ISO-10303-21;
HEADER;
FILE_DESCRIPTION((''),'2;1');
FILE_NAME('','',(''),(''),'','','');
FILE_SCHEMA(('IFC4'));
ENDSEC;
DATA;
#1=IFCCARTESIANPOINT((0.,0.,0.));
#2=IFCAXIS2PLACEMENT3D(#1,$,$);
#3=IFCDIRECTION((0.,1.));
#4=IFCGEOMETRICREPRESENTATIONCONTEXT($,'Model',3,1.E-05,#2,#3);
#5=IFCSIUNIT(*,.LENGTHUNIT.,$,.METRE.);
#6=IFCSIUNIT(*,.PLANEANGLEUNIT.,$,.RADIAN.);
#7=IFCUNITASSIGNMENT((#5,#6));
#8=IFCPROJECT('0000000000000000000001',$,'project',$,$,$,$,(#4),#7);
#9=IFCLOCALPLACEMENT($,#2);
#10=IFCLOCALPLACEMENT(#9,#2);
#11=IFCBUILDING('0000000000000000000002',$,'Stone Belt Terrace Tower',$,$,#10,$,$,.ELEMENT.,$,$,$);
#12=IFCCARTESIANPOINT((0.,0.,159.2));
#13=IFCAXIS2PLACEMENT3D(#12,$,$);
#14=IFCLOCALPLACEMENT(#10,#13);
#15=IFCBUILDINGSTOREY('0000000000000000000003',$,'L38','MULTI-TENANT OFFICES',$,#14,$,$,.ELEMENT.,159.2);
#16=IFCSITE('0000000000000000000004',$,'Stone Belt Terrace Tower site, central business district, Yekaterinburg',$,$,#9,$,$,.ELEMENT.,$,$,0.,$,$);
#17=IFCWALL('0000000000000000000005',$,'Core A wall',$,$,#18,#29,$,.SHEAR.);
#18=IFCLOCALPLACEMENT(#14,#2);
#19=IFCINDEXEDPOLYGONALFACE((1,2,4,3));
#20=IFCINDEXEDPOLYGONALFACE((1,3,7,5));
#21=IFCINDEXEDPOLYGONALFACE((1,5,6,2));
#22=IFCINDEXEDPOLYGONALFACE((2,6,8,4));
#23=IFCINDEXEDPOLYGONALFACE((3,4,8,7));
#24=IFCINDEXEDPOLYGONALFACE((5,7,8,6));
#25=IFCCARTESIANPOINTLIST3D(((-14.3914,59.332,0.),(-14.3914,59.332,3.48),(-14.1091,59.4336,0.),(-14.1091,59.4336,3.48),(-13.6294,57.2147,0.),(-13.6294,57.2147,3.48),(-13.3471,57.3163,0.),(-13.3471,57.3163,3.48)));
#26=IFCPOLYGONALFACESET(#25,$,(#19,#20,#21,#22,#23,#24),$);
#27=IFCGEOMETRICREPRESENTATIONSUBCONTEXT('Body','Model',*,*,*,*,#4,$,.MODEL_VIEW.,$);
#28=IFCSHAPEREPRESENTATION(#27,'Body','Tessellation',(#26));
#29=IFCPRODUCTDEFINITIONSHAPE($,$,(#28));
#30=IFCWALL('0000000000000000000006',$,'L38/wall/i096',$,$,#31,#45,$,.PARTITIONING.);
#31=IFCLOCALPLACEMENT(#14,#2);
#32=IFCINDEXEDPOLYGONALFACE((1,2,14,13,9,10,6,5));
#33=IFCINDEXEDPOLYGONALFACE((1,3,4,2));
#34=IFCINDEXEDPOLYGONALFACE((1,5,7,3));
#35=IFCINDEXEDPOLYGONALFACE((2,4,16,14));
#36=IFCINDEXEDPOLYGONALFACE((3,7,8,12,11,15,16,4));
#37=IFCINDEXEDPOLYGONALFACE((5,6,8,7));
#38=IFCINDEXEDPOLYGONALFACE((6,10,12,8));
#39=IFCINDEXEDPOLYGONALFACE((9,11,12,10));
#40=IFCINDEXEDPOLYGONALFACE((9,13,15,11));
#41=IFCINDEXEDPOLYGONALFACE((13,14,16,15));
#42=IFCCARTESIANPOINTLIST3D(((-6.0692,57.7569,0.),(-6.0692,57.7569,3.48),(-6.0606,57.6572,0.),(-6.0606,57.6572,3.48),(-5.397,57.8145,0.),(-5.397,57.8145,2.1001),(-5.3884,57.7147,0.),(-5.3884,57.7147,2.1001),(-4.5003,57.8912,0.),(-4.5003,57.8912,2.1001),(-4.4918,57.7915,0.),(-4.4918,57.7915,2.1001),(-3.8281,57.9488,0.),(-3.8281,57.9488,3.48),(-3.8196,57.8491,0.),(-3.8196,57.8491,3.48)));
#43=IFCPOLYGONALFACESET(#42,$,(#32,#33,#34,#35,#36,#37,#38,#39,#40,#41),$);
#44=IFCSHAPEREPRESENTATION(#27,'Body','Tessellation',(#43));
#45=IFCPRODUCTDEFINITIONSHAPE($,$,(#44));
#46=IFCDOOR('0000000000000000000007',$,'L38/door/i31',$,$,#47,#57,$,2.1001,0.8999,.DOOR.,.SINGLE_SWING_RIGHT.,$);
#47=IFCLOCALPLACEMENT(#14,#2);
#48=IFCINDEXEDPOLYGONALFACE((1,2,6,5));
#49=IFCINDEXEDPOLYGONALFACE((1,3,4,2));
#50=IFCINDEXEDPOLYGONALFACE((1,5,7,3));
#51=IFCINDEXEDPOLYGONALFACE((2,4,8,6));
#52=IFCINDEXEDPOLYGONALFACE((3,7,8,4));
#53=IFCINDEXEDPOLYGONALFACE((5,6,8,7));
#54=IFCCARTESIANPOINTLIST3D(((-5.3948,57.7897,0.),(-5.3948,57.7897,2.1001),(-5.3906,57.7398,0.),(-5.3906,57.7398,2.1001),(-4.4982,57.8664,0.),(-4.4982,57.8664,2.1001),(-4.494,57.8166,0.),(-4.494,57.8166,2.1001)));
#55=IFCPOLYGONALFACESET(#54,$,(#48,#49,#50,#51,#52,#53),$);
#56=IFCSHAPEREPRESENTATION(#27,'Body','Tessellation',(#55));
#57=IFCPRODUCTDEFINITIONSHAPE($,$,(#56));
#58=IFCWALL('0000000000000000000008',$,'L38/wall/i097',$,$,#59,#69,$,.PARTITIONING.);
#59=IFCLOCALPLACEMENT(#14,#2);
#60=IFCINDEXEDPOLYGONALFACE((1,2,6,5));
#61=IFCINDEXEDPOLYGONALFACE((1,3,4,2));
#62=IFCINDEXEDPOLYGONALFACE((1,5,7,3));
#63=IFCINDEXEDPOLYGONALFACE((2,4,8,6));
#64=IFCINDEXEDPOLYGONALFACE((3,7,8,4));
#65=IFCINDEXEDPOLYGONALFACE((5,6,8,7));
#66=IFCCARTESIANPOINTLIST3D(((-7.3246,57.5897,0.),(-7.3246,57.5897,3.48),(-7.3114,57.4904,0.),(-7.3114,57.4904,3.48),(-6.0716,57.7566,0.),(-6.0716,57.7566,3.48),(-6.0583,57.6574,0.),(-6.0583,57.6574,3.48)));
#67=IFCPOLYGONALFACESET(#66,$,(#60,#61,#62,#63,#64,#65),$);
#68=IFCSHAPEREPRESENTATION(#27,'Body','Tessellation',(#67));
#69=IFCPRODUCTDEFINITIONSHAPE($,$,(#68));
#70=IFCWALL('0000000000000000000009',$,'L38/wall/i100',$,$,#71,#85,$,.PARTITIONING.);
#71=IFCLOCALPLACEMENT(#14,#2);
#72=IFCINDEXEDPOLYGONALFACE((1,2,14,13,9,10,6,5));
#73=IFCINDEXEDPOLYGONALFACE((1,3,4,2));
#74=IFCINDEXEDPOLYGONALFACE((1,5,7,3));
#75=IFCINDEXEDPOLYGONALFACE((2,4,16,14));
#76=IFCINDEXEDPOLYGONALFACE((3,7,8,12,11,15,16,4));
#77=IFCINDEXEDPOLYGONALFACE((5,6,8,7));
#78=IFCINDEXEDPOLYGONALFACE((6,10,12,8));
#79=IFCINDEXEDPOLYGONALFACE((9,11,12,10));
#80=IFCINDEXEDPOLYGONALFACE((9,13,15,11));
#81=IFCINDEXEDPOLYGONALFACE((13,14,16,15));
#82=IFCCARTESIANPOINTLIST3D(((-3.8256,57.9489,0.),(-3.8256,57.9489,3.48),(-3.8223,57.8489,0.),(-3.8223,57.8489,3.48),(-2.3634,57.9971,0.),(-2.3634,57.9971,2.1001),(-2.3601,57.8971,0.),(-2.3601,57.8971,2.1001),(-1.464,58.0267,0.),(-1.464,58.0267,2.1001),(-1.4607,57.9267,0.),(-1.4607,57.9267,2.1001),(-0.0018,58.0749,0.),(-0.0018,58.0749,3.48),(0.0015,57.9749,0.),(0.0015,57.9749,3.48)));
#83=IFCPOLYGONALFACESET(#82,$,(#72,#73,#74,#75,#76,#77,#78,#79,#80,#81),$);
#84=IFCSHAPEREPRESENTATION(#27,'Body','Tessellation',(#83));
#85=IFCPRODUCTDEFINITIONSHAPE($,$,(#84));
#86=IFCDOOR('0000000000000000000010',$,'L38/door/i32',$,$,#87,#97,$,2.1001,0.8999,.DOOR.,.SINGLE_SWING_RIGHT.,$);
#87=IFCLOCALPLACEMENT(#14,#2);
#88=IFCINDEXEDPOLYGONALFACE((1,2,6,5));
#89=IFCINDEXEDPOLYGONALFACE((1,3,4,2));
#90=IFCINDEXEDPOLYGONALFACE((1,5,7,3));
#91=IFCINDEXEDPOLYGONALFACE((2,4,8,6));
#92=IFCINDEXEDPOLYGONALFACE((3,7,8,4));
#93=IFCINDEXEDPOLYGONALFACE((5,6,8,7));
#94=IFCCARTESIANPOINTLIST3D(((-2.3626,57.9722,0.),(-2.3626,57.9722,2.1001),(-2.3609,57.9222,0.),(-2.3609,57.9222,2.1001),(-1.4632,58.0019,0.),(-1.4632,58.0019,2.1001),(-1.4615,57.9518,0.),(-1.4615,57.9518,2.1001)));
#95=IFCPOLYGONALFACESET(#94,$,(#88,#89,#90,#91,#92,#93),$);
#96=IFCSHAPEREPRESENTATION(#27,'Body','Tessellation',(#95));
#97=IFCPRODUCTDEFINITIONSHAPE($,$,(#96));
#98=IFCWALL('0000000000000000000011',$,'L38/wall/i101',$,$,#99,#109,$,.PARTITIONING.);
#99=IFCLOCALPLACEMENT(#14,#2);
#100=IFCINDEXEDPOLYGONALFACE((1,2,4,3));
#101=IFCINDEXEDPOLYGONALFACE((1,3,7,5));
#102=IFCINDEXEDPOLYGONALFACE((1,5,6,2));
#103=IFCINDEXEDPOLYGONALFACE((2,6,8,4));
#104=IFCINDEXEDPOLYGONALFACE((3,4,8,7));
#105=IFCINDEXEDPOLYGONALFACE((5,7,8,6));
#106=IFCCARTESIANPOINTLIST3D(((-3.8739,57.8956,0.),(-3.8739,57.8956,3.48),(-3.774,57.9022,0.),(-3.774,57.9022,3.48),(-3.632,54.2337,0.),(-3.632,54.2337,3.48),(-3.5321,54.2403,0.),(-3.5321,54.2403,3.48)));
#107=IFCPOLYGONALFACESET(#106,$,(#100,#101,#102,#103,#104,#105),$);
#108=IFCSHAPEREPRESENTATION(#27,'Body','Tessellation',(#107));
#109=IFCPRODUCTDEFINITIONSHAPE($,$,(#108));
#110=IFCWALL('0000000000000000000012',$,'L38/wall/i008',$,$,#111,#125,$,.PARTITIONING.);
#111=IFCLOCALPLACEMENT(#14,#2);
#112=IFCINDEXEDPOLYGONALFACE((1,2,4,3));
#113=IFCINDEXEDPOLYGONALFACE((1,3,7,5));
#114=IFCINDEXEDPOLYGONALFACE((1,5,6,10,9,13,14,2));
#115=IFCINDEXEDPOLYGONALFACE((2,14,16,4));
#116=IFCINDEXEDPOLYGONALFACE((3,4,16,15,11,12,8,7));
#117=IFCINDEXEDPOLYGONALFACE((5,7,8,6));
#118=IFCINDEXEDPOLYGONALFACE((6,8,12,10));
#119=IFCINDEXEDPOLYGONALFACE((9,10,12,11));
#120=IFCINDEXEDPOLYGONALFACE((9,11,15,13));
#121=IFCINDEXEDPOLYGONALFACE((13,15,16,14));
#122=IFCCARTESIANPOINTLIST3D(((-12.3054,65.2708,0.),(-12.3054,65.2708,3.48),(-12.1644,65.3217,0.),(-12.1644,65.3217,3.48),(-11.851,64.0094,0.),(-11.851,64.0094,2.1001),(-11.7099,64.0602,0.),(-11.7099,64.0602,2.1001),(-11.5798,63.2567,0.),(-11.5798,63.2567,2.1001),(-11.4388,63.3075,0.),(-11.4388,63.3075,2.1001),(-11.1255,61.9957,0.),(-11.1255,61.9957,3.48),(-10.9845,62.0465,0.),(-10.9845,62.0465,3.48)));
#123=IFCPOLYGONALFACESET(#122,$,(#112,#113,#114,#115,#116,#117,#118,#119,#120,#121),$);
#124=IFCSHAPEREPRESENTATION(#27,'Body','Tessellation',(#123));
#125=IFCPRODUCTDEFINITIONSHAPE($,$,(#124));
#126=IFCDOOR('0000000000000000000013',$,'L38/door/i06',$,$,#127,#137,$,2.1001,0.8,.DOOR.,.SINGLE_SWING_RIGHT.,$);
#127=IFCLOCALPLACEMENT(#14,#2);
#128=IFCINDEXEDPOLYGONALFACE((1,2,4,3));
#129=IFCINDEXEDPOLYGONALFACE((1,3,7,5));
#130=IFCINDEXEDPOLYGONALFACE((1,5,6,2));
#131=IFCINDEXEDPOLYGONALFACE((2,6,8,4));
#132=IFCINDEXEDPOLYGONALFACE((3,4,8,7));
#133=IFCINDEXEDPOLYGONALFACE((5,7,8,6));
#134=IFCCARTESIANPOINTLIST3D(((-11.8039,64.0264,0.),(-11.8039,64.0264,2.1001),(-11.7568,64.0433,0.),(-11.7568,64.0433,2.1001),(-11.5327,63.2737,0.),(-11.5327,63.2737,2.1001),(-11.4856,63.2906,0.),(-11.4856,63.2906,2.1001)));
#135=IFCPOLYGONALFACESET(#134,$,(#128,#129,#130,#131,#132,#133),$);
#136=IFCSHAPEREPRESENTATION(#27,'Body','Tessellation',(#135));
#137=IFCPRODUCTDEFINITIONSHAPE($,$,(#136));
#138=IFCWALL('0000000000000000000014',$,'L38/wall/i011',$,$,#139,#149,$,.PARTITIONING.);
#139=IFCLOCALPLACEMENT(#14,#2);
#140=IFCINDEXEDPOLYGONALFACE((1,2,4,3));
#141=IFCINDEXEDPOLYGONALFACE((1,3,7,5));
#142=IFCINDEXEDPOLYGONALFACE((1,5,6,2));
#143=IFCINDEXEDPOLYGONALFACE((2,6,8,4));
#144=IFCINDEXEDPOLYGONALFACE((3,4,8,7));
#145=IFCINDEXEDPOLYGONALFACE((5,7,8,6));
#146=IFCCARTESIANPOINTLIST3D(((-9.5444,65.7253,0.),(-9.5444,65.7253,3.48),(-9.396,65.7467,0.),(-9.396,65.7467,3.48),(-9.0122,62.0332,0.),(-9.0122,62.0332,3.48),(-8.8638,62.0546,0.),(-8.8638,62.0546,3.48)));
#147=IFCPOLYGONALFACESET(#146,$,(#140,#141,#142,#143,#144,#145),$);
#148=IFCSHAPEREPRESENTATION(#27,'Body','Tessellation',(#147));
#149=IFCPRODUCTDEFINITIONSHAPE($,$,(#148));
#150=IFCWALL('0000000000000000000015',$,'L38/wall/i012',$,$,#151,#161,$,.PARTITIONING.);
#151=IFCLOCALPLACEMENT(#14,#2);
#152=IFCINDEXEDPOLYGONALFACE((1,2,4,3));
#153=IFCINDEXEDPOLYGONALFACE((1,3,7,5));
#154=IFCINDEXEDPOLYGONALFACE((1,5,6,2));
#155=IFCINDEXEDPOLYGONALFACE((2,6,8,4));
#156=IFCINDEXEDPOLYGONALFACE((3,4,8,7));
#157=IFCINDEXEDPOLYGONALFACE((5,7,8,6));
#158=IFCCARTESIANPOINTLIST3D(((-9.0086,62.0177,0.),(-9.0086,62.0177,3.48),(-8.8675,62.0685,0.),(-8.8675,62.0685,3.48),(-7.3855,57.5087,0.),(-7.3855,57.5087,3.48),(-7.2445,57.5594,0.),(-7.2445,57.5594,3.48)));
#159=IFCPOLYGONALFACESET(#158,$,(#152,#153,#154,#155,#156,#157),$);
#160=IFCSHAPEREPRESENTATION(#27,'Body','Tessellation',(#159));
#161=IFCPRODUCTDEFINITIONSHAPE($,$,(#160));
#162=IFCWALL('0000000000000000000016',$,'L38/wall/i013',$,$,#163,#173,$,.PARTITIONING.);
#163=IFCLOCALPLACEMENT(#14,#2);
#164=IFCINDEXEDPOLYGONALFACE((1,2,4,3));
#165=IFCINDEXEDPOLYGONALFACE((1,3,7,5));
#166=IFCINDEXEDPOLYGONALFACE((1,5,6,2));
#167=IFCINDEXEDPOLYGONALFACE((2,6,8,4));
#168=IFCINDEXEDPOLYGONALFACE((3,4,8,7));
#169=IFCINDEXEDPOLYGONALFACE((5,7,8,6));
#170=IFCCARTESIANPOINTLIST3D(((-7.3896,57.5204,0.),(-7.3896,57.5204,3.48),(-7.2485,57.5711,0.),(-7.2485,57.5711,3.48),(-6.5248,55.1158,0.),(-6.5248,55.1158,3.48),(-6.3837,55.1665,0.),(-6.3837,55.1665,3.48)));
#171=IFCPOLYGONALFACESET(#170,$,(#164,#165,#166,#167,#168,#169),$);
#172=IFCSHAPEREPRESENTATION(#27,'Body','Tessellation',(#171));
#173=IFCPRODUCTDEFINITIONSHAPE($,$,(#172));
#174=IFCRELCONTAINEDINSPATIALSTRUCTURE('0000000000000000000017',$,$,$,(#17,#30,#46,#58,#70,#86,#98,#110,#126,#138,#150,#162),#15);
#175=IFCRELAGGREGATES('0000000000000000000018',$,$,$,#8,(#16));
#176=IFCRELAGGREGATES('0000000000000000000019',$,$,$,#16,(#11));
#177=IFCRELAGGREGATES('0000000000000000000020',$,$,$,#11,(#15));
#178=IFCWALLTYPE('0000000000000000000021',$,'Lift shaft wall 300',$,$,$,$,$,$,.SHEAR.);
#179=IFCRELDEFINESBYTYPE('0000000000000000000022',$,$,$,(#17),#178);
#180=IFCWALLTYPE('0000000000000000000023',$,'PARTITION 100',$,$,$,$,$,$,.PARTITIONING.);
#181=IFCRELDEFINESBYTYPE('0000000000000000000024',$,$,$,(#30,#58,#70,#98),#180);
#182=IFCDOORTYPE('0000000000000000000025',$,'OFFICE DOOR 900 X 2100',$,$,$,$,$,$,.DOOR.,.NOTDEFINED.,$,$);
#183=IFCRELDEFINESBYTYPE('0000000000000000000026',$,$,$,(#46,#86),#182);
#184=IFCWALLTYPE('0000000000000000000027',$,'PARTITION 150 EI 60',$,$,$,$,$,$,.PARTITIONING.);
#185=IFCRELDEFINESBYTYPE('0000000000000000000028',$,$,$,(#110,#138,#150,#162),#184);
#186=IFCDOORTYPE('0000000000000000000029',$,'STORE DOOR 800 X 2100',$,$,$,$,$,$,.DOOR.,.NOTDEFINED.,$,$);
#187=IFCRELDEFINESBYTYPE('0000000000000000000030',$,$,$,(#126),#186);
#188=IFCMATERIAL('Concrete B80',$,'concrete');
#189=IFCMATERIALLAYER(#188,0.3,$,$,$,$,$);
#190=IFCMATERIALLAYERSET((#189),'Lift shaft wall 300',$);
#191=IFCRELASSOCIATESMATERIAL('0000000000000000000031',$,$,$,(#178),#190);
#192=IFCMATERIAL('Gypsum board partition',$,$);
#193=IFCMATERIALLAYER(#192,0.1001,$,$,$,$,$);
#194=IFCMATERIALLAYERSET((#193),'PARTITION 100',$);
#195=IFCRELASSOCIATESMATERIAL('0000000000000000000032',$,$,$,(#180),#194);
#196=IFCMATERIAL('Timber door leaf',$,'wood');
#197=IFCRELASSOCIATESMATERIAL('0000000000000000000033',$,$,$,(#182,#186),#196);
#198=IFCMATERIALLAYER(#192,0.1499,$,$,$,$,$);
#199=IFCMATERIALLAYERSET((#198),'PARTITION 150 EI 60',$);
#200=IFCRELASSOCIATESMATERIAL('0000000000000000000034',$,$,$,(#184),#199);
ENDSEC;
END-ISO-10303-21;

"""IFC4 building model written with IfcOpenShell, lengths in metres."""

from ifc_helpers import new_model, si_unit, direction, frame, frame_2d, origin, place, context, subcontext, project, spatial, rectangle, extrude, material, layer, layer_set, type_object, element, fill, save


model = new_model("IFC4")

# Units and contexts
model_context = context("Model", 3, precision=1e-05, world=origin(), true_north=direction((0.0, 1.0)))
body_context = subcontext(model_context, "Body", "Model", "MODEL_VIEW")
ifc_project = project(units=[si_unit("LENGTHUNIT", "METRE"), si_unit("PLANEANGLEUNIT", "RADIAN")], contexts=[model_context])

# Site, building, storey
site_placement = place(None, origin())
site = spatial("IfcSite", under=ifc_project, at=site_placement, Name="Stone Belt Terrace Tower site, central business district, Yekaterinburg", CompositionType="ELEMENT", RefElevation=0.0)
building_placement = place(site_placement, origin())
building = spatial("IfcBuilding", under=site, at=building_placement, Name="Stone Belt Terrace Tower", CompositionType="ELEMENT")
storey_placement = place(building_placement, frame((0.0, 0.0, 159.2)))
storey = spatial("IfcBuildingStorey", under=building, at=storey_placement, Name="L38", Description="MULTI-TENANT OFFICES", CompositionType="ELEMENT", Elevation=159.2)

# Shared definitions
ifc_material_1 = material(Name="Concrete B80", Category="concrete")

# Shared definitions
ifc_material_2 = material(Name="Timber door leaf", Category="wood")

# Wall
ifc_layer_1 = layer(ifc_material_1, 0.3)
ifc_layer_set_1 = layer_set([ifc_layer_1], Name="Lift shaft wall 300")
wall_type_1 = type_object("IfcWallType", Name="Lift shaft wall 300", PredefinedType="SHEAR", material=ifc_layer_set_1)
wall_1_placement = place(storey_placement, frame((-13.4883, 57.2656, 0.0), z_axis=(0.0, 0.0, 1.0), x_axis=(-0.338631, 0.940919, 0.0)))
element("IfcWall", 1, at=wall_1_placement, inside=storey, type_object=wall_type_1, Name="Core A wall", PredefinedType="SHEAR", context=body_context, shape_type="SweptSolid", body=[
    extrude(rectangle(XDim=2.2502, YDim=0.3, at=frame_2d((1.125, 0.0))), origin(), (0.0, 0.0, 1.0), 3.48),
])

# Wall, opening, door
ifc_material_3 = material(Name="Gypsum board partition")
ifc_layer_2 = layer(ifc_material_3, 0.1001)
ifc_layer_set_2 = layer_set([ifc_layer_2], Name="PARTITION 100")
wall_type_2 = type_object("IfcWallType", Name="PARTITION 100", PredefinedType="PARTITIONING", material=ifc_layer_set_2)
wall_2_placement = place(storey_placement, frame((-3.824, 57.8989, 0.0), z_axis=(0.0, 0.0, 1.0), x_axis=(-0.996354, -0.085318, 0.0)))
wall_2 = element("IfcWall", 2, at=wall_2_placement, inside=storey, type_object=wall_type_2, Name="L38/wall/i096", PredefinedType="PARTITIONING", context=body_context, shape_type="SweptSolid", body=[
    extrude(rectangle(XDim=2.2493, YDim=0.1001, at=frame_2d((1.1245, 0.0))), origin(), (0.0, 0.0, 1.0), 3.48),
])
opening_1_placement = place(wall_2_placement, frame((0.6746, 0.0, 0.0)))
opening_1 = element("IfcOpeningElement", 3, at=opening_1_placement, cuts=wall_2, PredefinedType="OPENING", context=body_context, shape_type="SweptSolid", body=[
    extrude(rectangle(XDim=0.8999, YDim=2.1001, at=frame_2d((0.45, 1.05))), frame((0.0, 0.0601, 0.0), z_axis=(0.0, -1.0, 0.0), x_axis=(1.0, 0.0, 0.0)), (0.0, 0.0, 1.0), 0.1201),
])
door_type_1 = type_object("IfcDoorType", Name="OFFICE DOOR 900 X 2100", OperationType="NOTDEFINED", PredefinedType="DOOR", material=ifc_material_2)
door_1_placement = place(opening_1_placement, origin())
door_1 = element("IfcDoor", 4, at=door_1_placement, inside=storey, type_object=door_type_1, Name="L38/door/i31", OperationType="SINGLE_SWING_RIGHT", OverallHeight=2.1001, OverallWidth=0.8999, PredefinedType="DOOR", context=body_context, shape_type="SweptSolid", body=[
    extrude(rectangle(XDim=0.8999, YDim=2.1001, at=frame_2d((0.45, 1.05))), frame((0.0, 0.0249, 0.0), z_axis=(0.0, -1.0, 0.0), x_axis=(1.0, 0.0, 0.0)), (0.0, 0.0, 1.0), 0.05),
])
fill(opening_1, door_1)

# Wall
wall_3_placement = place(storey_placement, frame((-6.0649, 57.707, 0.0), z_axis=(0.0, 0.0, 1.0), x_axis=(-0.991238, -0.132088, 0.0)))
element("IfcWall", 5, at=wall_3_placement, inside=storey, type_object=wall_type_2, Name="L38/wall/i097", PredefinedType="PARTITIONING", context=body_context, shape_type="SweptSolid", body=[
    extrude(rectangle(XDim=1.2642, YDim=0.1001, at=frame_2d((0.6321, 0.0))), origin(), (0.0, 0.0, 1.0), 3.48),
])

# Wall, opening, door
wall_4_placement = place(storey_placement, frame((0.0, 58.0249, 0.0), z_axis=(0.0, 0.0, 1.0), x_axis=(-0.999458, -0.032926, 0.0)))
wall_4 = element("IfcWall", 6, at=wall_4_placement, inside=storey, type_object=wall_type_2, Name="L38/wall/i100", PredefinedType="PARTITIONING", context=body_context, shape_type="SweptSolid", body=[
    extrude(rectangle(XDim=3.8259, YDim=0.1001, at=frame_2d((1.9131, 0.0))), origin(), (0.0, 0.0, 1.0), 3.48),
])
opening_2_placement = place(wall_4_placement, frame((1.4631, 0.0, 0.0)))
opening_2 = element("IfcOpeningElement", 7, at=opening_2_placement, cuts=wall_4, PredefinedType="OPENING", context=body_context, shape_type="SweptSolid", body=[
    extrude(rectangle(XDim=0.8999, YDim=2.1001, at=frame_2d((0.45, 1.05))), frame((0.0, 0.0601, 0.0), z_axis=(0.0, -1.0, 0.0), x_axis=(1.0, 0.0, 0.0)), (0.0, 0.0, 1.0), 0.1201),
])
door_2_placement = place(opening_2_placement, origin())
door_2 = element("IfcDoor", 8, at=door_2_placement, inside=storey, type_object=door_type_1, Name="L38/door/i32", OperationType="SINGLE_SWING_RIGHT", OverallHeight=2.1001, OverallWidth=0.8999, PredefinedType="DOOR", context=body_context, shape_type="SweptSolid", body=[
    extrude(rectangle(XDim=0.8999, YDim=2.1001, at=frame_2d((0.45, 1.05))), frame((0.0, 0.0249, 0.0), z_axis=(0.0, -1.0, 0.0), x_axis=(1.0, 0.0, 0.0)), (0.0, 0.0, 1.0), 0.05),
])
fill(opening_2, door_2)

# Wall
wall_5_placement = place(storey_placement, frame((-3.824, 57.8989, 0.0), z_axis=(0.0, 0.0, 1.0), x_axis=(0.065927, -0.997824, 0.0)))
element("IfcWall", 9, at=wall_5_placement, inside=storey, type_object=wall_type_2, Name="L38/wall/i101", PredefinedType="PARTITIONING", context=body_context, shape_type="SweptSolid", body=[
    extrude(rectangle(XDim=3.6699, YDim=0.1001, at=frame_2d((1.835, 0.0))), origin(), (0.0, 0.0, 1.0), 3.48),
])

# Wall, opening, door
ifc_layer_3 = layer(ifc_material_3, 0.1499)
ifc_layer_set_3 = layer_set([ifc_layer_3], Name="PARTITION 150 EI 60")
wall_type_3 = type_object("IfcWallType", Name="PARTITION 150 EI 60", PredefinedType="PARTITIONING", material=ifc_layer_set_3)
wall_6_placement = place(storey_placement, frame((-11.0549, 62.021, 0.0), z_axis=(0.0, 0.0, 1.0), x_axis=(-0.338943, 0.940807, 0.0)))
wall_6 = element("IfcWall", 10, at=wall_6_placement, inside=storey, type_object=wall_type_3, Name="L38/wall/i008", PredefinedType="PARTITIONING", context=body_context, shape_type="SweptSolid", body=[
    extrude(rectangle(XDim=3.4812, YDim=0.1499, at=frame_2d((1.7407, 0.0))), origin(), (0.0, 0.0, 1.0), 3.48),
])
opening_3_placement = place(wall_6_placement, frame((1.3406, 0.0, 0.0)))
opening_3 = element("IfcOpeningElement", 11, at=opening_3_placement, cuts=wall_6, PredefinedType="OPENING", context=body_context, shape_type="SweptSolid", body=[
    extrude(rectangle(XDim=0.8, YDim=2.1001, at=frame_2d((0.3999, 1.05))), frame((0.0, 0.085, 0.0), z_axis=(0.0, -1.0, 0.0), x_axis=(1.0, 0.0, 0.0)), (0.0, 0.0, 1.0), 0.1699),
])
door_type_2 = type_object("IfcDoorType", Name="STORE DOOR 800 X 2100", OperationType="NOTDEFINED", PredefinedType="DOOR", material=ifc_material_2)
door_3_placement = place(opening_3_placement, origin())
door_3 = element("IfcDoor", 12, at=door_3_placement, inside=storey, type_object=door_type_2, Name="L38/door/i06", OperationType="SINGLE_SWING_RIGHT", OverallHeight=2.1001, OverallWidth=0.8, PredefinedType="DOOR", context=body_context, shape_type="SweptSolid", body=[
    extrude(rectangle(XDim=0.8, YDim=2.1001, at=frame_2d((0.3999, 1.05))), frame((0.0, 0.0249, 0.0), z_axis=(0.0, -1.0, 0.0), x_axis=(1.0, 0.0, 0.0)), (0.0, 0.0, 1.0), 0.05),
])
fill(opening_3, door_3)

# Walls
wall_7_placement = place(storey_placement, frame((-9.4702, 65.7361, 0.0), z_axis=(0.0, 0.0, 1.0), x_axis=(0.142677, -0.989769, 0.0)))
element("IfcWall", 13, at=wall_7_placement, inside=storey, type_object=wall_type_3, Name="L38/wall/i011", PredefinedType="PARTITIONING", context=body_context, shape_type="SweptSolid", body=[
    extrude(rectangle(XDim=3.7302, YDim=0.1499, at=frame_2d((1.8652, 0.0))), origin(), (0.0, 0.0, 1.0), 3.48),
])
wall_8_placement = place(storey_placement, frame((-8.938, 62.043, 0.0), z_axis=(0.0, 0.0, 1.0), x_axis=(0.338682, -0.940901, 0.0)))
element("IfcWall", 14, at=wall_8_placement, inside=storey, type_object=wall_type_3, Name="L38/wall/i012", PredefinedType="PARTITIONING", context=body_context, shape_type="SweptSolid", body=[
    extrude(rectangle(XDim=4.7922, YDim=0.1499, at=frame_2d((2.396, 0.0))), origin(), (0.0, 0.0, 1.0), 3.48),
])
wall_9_placement = place(storey_placement, frame((-7.3191, 57.5459, 0.0), z_axis=(0.0, 0.0, 1.0), x_axis=(0.338412, -0.940998, 0.0)))
element("IfcWall", 15, at=wall_9_placement, inside=storey, type_object=wall_type_3, Name="L38/wall/i013", PredefinedType="PARTITIONING", context=body_context, shape_type="SweptSolid", body=[
    extrude(rectangle(XDim=2.5554, YDim=0.1499, at=frame_2d((1.2778, 0.0))), origin(), (0.0, 0.0, 1.0), 3.48),
])

save(model, "model.ifc")
